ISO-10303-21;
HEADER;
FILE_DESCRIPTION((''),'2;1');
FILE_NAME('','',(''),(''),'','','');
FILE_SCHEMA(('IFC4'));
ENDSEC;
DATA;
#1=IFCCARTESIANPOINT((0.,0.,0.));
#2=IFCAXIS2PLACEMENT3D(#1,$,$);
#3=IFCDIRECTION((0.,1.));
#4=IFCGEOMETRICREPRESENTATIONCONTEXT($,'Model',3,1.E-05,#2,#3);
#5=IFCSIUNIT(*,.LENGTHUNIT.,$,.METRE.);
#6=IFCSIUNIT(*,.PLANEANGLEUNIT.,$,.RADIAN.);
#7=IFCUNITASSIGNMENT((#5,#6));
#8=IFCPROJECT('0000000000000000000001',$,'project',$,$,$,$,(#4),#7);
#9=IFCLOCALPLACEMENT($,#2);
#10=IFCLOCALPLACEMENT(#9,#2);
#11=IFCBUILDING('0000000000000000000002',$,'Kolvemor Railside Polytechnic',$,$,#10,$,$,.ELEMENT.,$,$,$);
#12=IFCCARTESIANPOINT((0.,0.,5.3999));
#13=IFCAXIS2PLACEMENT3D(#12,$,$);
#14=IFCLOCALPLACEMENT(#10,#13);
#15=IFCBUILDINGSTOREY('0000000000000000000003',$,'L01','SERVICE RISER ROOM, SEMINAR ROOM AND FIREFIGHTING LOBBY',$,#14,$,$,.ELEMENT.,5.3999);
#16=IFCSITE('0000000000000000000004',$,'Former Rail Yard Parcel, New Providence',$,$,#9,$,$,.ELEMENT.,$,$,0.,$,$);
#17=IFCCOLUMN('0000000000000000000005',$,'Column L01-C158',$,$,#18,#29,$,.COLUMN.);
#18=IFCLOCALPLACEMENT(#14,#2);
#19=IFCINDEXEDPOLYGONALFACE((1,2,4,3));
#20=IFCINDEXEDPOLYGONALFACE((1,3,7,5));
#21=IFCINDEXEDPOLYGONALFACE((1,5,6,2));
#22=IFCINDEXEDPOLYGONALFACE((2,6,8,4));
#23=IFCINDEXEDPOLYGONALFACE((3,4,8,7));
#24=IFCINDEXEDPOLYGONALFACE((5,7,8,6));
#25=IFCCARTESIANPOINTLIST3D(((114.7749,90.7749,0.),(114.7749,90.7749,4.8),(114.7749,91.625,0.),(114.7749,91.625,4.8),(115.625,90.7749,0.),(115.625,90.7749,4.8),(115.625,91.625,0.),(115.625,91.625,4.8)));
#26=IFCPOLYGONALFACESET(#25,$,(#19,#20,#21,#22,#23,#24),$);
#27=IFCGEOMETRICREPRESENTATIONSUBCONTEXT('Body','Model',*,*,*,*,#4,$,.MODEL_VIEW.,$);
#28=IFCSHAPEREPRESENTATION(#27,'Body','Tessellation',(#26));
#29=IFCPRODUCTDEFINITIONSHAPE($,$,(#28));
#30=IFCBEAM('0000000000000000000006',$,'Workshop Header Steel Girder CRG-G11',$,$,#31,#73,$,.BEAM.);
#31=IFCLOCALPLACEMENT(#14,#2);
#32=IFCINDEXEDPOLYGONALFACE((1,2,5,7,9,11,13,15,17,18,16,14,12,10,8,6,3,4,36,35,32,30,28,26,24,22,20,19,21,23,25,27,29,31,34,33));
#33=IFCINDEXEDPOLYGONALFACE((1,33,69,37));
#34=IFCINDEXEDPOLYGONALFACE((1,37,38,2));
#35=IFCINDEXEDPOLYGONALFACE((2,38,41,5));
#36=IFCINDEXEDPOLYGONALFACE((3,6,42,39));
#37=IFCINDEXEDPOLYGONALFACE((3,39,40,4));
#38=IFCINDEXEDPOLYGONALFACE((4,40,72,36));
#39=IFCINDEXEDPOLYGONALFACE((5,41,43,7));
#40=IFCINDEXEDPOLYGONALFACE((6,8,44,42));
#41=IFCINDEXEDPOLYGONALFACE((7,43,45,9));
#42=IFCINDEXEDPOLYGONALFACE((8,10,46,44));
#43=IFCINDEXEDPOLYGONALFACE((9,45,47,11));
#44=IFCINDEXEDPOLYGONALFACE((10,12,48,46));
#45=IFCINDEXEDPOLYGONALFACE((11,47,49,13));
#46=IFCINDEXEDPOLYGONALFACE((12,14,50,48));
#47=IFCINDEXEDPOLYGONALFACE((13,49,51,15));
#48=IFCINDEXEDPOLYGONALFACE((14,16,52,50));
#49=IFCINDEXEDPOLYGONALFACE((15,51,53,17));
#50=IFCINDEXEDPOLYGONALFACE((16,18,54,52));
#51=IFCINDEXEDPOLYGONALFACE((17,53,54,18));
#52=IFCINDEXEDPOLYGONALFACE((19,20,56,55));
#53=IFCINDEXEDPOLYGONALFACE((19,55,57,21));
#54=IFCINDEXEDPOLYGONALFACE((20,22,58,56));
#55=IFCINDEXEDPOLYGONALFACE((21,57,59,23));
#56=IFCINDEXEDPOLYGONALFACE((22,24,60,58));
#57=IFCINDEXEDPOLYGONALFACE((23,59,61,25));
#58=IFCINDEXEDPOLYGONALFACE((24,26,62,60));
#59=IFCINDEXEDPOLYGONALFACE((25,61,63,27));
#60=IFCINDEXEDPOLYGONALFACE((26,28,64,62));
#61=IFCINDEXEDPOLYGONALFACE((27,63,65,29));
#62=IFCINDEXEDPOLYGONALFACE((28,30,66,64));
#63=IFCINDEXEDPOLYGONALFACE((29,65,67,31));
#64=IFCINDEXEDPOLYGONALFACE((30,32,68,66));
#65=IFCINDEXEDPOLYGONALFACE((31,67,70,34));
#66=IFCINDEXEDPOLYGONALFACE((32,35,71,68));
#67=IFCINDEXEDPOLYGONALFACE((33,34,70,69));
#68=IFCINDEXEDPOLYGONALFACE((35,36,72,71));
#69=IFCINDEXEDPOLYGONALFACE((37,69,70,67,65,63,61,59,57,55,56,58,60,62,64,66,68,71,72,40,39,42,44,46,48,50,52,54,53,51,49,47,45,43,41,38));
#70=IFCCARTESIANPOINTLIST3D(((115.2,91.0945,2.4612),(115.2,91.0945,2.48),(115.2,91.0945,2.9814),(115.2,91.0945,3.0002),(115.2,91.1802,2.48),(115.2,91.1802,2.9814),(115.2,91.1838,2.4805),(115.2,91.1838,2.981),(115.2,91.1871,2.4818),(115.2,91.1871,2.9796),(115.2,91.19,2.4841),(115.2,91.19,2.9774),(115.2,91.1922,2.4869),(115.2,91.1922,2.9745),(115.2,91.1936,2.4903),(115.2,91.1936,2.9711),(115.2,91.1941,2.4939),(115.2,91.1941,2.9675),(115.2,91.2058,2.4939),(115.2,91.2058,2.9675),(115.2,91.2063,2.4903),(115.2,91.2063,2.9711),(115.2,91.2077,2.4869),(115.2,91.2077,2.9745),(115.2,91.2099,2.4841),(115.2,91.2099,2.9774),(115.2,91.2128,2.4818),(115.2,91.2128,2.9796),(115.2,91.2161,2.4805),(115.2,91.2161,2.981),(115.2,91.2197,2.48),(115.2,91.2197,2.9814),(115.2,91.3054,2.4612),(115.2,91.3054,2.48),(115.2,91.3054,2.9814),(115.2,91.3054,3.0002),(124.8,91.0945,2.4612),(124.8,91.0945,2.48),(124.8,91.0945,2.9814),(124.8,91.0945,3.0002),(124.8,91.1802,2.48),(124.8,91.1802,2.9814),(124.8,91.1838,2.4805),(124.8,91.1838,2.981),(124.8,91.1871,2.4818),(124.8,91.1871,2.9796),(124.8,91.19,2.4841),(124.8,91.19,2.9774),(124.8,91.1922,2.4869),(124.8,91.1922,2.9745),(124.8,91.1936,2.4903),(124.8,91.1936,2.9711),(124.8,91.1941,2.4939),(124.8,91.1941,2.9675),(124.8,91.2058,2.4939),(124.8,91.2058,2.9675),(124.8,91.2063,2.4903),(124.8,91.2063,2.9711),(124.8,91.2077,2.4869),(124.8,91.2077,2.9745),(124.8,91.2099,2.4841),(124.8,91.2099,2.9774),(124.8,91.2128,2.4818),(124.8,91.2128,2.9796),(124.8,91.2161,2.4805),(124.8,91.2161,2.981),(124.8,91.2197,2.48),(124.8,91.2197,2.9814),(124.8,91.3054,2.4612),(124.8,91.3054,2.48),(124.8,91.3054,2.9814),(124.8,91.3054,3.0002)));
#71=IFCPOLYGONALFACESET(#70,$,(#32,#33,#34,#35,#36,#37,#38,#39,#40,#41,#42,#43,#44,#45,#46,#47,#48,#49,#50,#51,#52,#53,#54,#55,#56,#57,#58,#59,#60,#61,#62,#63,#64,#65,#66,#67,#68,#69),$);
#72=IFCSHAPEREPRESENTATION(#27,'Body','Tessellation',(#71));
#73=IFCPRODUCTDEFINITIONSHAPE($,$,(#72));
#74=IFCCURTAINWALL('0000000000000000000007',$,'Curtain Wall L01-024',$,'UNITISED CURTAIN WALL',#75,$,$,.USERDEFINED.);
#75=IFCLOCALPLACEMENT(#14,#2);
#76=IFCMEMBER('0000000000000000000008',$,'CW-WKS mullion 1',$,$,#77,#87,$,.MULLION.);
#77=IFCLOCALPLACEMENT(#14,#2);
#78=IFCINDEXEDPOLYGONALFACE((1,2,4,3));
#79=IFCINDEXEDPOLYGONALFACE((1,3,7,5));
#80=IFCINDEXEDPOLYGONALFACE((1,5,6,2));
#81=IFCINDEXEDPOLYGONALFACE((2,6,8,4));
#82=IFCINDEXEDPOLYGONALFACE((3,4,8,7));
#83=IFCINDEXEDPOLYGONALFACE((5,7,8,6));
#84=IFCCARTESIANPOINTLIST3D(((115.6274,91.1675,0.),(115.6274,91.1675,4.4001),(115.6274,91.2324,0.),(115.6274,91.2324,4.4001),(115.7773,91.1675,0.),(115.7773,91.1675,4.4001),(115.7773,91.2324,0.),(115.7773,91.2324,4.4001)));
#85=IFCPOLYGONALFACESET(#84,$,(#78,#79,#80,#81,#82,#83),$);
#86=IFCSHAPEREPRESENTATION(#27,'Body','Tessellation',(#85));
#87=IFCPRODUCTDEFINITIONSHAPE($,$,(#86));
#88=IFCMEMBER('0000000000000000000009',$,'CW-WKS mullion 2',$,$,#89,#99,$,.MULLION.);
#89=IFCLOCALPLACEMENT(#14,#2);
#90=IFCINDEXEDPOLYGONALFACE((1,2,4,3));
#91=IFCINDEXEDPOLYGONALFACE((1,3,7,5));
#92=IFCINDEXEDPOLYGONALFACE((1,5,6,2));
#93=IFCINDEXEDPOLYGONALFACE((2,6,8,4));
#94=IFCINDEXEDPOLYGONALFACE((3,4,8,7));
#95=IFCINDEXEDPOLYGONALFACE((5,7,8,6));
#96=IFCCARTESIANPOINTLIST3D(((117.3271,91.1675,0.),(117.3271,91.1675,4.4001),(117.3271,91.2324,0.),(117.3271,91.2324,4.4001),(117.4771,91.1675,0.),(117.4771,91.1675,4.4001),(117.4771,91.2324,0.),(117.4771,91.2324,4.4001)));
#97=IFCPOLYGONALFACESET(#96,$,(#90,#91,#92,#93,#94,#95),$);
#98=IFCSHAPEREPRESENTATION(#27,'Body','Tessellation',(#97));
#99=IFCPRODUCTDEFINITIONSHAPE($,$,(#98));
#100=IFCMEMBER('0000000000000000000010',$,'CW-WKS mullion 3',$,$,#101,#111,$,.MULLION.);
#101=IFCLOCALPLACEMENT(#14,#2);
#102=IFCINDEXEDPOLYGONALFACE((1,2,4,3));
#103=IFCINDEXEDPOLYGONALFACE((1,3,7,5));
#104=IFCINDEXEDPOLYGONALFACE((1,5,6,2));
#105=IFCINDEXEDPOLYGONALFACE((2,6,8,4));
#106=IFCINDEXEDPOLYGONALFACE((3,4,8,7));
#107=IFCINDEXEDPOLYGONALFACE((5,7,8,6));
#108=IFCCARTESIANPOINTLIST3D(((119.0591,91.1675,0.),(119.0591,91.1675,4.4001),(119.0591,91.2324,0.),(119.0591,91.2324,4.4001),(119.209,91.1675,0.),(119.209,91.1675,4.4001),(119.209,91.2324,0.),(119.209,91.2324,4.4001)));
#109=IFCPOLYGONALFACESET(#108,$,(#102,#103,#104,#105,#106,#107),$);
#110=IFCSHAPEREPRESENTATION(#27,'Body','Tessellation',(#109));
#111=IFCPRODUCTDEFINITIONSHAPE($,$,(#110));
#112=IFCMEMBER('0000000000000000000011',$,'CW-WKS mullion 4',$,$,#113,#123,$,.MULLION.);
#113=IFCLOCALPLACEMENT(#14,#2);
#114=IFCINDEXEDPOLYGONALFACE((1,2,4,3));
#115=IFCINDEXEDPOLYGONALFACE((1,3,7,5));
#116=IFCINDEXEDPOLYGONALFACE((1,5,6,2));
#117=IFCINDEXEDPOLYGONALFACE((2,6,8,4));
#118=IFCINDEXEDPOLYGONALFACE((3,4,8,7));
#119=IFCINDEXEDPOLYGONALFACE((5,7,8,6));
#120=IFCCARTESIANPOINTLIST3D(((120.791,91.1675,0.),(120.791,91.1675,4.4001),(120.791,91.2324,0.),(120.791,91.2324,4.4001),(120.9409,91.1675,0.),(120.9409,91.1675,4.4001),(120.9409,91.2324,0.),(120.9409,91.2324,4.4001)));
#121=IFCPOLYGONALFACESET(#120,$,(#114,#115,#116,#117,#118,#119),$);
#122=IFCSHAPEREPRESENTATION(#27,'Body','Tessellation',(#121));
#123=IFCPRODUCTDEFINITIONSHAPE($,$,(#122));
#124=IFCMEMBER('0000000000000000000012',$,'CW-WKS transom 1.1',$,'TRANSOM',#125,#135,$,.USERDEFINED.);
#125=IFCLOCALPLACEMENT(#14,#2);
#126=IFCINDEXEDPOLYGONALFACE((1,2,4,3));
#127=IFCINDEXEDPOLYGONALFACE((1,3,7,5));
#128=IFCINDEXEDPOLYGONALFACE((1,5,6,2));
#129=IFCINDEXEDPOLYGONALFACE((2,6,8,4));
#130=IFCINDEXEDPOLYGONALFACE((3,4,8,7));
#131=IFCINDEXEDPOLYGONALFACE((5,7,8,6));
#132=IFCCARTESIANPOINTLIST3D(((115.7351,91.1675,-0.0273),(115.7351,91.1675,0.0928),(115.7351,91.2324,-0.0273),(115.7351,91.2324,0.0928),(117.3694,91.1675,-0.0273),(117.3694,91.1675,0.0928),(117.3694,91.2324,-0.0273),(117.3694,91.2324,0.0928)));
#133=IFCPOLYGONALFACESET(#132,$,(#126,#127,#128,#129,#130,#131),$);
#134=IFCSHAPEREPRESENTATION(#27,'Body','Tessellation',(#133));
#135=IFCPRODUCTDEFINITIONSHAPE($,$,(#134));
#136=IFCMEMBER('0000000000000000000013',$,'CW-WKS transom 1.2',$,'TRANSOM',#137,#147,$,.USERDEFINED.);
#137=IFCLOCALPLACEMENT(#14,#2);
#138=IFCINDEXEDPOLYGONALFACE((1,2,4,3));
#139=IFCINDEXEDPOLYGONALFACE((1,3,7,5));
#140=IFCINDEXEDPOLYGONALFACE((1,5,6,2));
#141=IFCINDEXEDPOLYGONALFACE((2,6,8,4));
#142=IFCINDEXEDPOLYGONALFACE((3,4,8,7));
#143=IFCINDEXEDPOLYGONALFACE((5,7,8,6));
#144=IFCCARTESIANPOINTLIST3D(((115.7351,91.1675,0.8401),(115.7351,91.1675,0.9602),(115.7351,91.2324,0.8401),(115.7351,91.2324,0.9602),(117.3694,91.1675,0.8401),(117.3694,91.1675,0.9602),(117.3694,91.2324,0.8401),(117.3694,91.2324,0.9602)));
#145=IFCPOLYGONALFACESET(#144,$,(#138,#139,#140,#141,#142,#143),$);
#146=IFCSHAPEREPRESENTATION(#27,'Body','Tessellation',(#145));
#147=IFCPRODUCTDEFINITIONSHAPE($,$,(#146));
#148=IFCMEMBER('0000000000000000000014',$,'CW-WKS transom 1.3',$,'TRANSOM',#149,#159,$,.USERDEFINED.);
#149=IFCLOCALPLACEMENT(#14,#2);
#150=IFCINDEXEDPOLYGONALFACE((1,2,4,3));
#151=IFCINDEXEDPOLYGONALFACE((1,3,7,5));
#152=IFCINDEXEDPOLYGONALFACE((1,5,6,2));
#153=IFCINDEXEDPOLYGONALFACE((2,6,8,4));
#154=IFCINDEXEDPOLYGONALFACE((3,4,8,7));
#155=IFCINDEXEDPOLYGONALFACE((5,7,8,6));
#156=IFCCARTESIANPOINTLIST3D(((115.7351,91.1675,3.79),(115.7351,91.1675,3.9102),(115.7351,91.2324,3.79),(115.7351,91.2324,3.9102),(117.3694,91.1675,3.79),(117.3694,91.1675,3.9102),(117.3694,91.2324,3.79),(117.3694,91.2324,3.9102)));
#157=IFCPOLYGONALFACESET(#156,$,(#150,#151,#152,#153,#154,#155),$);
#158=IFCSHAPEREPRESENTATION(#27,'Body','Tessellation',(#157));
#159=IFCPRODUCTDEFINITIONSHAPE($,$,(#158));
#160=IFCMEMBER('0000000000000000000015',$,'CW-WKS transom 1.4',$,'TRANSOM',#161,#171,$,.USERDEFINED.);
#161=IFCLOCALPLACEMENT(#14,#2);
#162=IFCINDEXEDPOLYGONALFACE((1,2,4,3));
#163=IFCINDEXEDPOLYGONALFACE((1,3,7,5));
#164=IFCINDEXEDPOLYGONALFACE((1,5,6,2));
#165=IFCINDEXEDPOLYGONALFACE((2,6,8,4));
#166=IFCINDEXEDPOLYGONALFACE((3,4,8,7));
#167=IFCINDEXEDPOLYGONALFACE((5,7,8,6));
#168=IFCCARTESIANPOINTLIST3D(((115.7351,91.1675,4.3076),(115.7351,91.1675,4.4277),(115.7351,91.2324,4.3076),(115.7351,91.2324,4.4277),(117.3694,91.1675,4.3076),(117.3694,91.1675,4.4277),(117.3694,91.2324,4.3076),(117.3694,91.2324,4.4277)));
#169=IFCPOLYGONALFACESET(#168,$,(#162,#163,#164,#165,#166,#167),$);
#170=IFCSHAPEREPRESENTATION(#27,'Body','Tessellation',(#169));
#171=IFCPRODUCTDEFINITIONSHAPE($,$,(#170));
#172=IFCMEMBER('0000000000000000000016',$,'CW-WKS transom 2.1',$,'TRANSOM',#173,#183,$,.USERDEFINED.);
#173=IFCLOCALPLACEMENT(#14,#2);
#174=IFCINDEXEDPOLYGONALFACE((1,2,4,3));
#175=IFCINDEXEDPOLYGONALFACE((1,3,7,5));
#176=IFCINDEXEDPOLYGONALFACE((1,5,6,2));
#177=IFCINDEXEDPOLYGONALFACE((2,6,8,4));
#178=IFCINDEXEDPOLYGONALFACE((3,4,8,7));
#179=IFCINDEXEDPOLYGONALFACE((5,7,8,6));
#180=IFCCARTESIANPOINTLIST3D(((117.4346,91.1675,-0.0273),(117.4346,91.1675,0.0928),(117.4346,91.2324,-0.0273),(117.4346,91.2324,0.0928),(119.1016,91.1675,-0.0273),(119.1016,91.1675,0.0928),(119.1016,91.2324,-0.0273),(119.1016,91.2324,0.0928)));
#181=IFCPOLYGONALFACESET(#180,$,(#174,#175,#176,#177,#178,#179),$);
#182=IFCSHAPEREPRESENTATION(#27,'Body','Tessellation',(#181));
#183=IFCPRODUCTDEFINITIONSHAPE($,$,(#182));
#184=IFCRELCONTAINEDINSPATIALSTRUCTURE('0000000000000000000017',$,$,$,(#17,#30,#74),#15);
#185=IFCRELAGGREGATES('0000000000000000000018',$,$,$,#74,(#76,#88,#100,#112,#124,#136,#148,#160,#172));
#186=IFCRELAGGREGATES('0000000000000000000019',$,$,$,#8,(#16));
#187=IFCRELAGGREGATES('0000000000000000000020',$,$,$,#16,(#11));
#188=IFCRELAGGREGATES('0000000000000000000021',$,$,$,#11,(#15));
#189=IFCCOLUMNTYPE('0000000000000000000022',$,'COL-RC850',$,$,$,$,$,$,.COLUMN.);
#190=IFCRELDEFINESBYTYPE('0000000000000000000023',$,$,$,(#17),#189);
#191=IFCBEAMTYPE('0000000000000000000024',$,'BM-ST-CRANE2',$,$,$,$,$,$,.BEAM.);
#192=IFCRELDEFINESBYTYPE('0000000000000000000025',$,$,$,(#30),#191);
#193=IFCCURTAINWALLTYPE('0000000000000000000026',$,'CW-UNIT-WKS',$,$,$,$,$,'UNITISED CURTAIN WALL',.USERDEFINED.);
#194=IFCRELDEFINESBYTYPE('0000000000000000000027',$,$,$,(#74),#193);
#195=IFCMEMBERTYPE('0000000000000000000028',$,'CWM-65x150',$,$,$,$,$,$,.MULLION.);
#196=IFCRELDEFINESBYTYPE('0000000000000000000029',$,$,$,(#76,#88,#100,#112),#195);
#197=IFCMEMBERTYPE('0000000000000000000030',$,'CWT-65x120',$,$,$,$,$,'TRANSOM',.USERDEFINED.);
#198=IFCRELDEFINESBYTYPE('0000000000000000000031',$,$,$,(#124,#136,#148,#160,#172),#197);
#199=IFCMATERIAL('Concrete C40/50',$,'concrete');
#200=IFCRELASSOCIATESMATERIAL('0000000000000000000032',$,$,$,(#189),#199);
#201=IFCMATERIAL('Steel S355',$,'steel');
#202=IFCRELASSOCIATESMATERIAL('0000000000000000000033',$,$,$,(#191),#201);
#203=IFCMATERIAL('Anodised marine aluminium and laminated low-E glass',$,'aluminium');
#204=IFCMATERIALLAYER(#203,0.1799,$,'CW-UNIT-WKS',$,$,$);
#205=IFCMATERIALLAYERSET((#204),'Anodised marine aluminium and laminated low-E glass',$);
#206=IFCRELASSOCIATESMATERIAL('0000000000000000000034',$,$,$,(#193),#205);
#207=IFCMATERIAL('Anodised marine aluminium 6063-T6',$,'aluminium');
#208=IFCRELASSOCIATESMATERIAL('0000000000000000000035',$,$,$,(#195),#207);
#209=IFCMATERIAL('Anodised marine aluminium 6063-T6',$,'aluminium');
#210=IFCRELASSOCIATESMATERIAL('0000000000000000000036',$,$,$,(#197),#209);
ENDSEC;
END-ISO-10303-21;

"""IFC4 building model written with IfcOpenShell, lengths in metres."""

from ifc_helpers import new_model, si_unit, direction, frame, origin, origin_2d, place, context, subcontext, project, spatial, rectangle, i_section, extrude, material, layer, layer_set, material_profile, profile_set, type_object, element, aggregate, save


model = new_model("IFC4")

# Units and contexts
model_context = context("Model", 3, precision=1e-05, world=origin(), true_north=direction((0.0, 1.0)))
body_context = subcontext(model_context, "Body", "Model", "MODEL_VIEW")
ifc_project = project(units=[si_unit("LENGTHUNIT", "METRE"), si_unit("PLANEANGLEUNIT", "RADIAN")], contexts=[model_context])

# Site, building, storey
site_placement = place(None, origin())
site = spatial("IfcSite", under=ifc_project, at=site_placement, Name="Former Rail Yard Parcel, New Providence", CompositionType="ELEMENT", RefElevation=0.0)
building_placement = place(site_placement, origin())
building = spatial("IfcBuilding", under=site, at=building_placement, Name="Kolvemor Railside Polytechnic", CompositionType="ELEMENT")
storey_placement = place(building_placement, frame((0.0, 0.0, 5.3999)))
storey = spatial("IfcBuildingStorey", under=building, at=storey_placement, Name="L01", Description="SERVICE RISER ROOM, SEMINAR ROOM AND FIREFIGHTING LOBBY", CompositionType="ELEMENT", Elevation=5.3999)

# Column
ifc_material_1 = material(Name="Concrete C40/50", Category="concrete")
ifc_material_profile_1 = material_profile(ifc_material_1, rectangle(XDim=0.8501, YDim=0.8501, at=origin_2d()), Name="RC850x850")
ifc_profile_set_1 = profile_set([ifc_material_profile_1], Name="Concrete C40/50")
column_type = type_object("IfcColumnType", Name="COL-RC850", PredefinedType="COLUMN", material=ifc_profile_set_1)
column_placement = place(storey_placement, frame((115.2, 91.2, 0.0), z_axis=(0.0, 0.0, 1.0), x_axis=(1.0, 0.0, 0.0)))
element("IfcColumn", 1, at=column_placement, inside=storey, type_object=column_type, Name="Column L01-C158", PredefinedType="COLUMN", context=body_context, shape_type="SweptSolid", body=[
    extrude(rectangle(XDim=0.8501, YDim=0.8501, at=origin_2d()), origin(), (0.0, 0.0, 1.0), 4.8),
])

# Beam
ifc_material_2 = material(Name="Steel S355", Category="steel")
ifc_material_profile_2 = material_profile(ifc_material_2, i_section(OverallWidth=0.2109, OverallDepth=0.5391, WebThickness=0.0117, FlangeThickness=0.0188, FilletRadius=0.0139, at=origin_2d()), Name="W530x109")
ifc_profile_set_2 = profile_set([ifc_material_profile_2], Name="Steel S355")
beam_type = type_object("IfcBeamType", Name="BM-ST-CRANE2", PredefinedType="BEAM", material=ifc_profile_set_2)
beam_placement = place(storey_placement, frame((115.2, 91.2, 2.7307), z_axis=(1.0, 0.0, 0.0), x_axis=(0.0, 1.0, 0.0)))
element("IfcBeam", 2, at=beam_placement, inside=storey, type_object=beam_type, Name="Workshop Header Steel Girder CRG-G11", PredefinedType="BEAM", context=body_context, shape_type="SweptSolid", body=[
    extrude(i_section(OverallWidth=0.2109, OverallDepth=0.5391, WebThickness=0.0117, FlangeThickness=0.0188, FilletRadius=0.0139, at=origin_2d()), origin(), (0.0, 0.0, 1.0), 9.6001),
])

# Curtain wall, members
ifc_material_3 = material(Name="Anodised marine aluminium and laminated low-E glass", Category="aluminium")
ifc_layer_1 = layer(ifc_material_3, 0.1799, Name="CW-UNIT-WKS")
ifc_layer_set_1 = layer_set([ifc_layer_1], Name="Anodised marine aluminium and laminated low-E glass")
curtain_wall_type = type_object("IfcCurtainWallType", Name="CW-UNIT-WKS", ElementType="UNITISED CURTAIN WALL", PredefinedType="USERDEFINED", material=ifc_layer_set_1)
curtain_wall_placement = place(storey_placement, origin())
curtain_wall = element("IfcCurtainWall", 3, at=curtain_wall_placement, inside=storey, type_object=curtain_wall_type, Name="Curtain Wall L01-024", ObjectType="UNITISED CURTAIN WALL", PredefinedType="USERDEFINED")
ifc_material_4 = material(Name="Anodised marine aluminium 6063-T6", Category="aluminium")
ifc_material_profile_3 = material_profile(ifc_material_4, rectangle(XDim=0.0649, YDim=0.1499, at=origin_2d()), Name="CW-MUL-65x150")
ifc_profile_set_3 = profile_set([ifc_material_profile_3], Name="Anodised marine aluminium 6063-T6")
member_type_1 = type_object("IfcMemberType", Name="CWM-65x150", PredefinedType="MULLION", material=ifc_profile_set_3)
member_1_placement = place(storey_placement, frame((115.7024, 91.2, 0.0), z_axis=(0.0, 0.0, 1.0), x_axis=(0.0, 1.0, 0.0)))
member_1 = element("IfcMember", 4, at=member_1_placement, type_object=member_type_1, Name="CW-WKS mullion 1", PredefinedType="MULLION", context=body_context, shape_type="SweptSolid", body=[
    extrude(rectangle(XDim=0.0649, YDim=0.1499, at=origin_2d()), origin(), (0.0, 0.0, 1.0), 4.4001),
])
member_2_placement = place(storey_placement, frame((117.4021, 91.2, 0.0), z_axis=(0.0, 0.0, 1.0), x_axis=(0.0, 1.0, 0.0)))
member_2 = element("IfcMember", 5, at=member_2_placement, type_object=member_type_1, Name="CW-WKS mullion 2", PredefinedType="MULLION", context=body_context, shape_type="SweptSolid", body=[
    extrude(rectangle(XDim=0.0649, YDim=0.1499, at=origin_2d()), origin(), (0.0, 0.0, 1.0), 4.4001),
])
member_3_placement = place(storey_placement, frame((119.134, 91.2, 0.0), z_axis=(0.0, 0.0, 1.0), x_axis=(0.0, 1.0, 0.0)))
member_3 = element("IfcMember", 6, at=member_3_placement, type_object=member_type_1, Name="CW-WKS mullion 3", PredefinedType="MULLION", context=body_context, shape_type="SweptSolid", body=[
    extrude(rectangle(XDim=0.0649, YDim=0.1499, at=origin_2d()), origin(), (0.0, 0.0, 1.0), 4.4001),
])
member_4_placement = place(storey_placement, frame((120.866, 91.2, 0.0), z_axis=(0.0, 0.0, 1.0), x_axis=(0.0, 1.0, 0.0)))
member_4 = element("IfcMember", 7, at=member_4_placement, type_object=member_type_1, Name="CW-WKS mullion 4", PredefinedType="MULLION", context=body_context, shape_type="SweptSolid", body=[
    extrude(rectangle(XDim=0.0649, YDim=0.1499, at=origin_2d()), origin(), (0.0, 0.0, 1.0), 4.4001),
])
ifc_material_5 = material(Name="Anodised marine aluminium 6063-T6", Category="aluminium")
ifc_material_profile_4 = material_profile(ifc_material_5, rectangle(XDim=0.0649, YDim=0.1201, at=origin_2d()), Name="CW-TRN-65x120")
ifc_profile_set_4 = profile_set([ifc_material_profile_4], Name="Anodised marine aluminium 6063-T6")
member_type_2 = type_object("IfcMemberType", Name="CWT-65x120", ElementType="TRANSOM", PredefinedType="USERDEFINED", material=ifc_profile_set_4)
member_5_placement = place(storey_placement, frame((115.7351, 91.2, 0.0327), z_axis=(1.0, 0.0, 0.0), x_axis=(0.0, 1.0, 0.0)))
member_5 = element("IfcMember", 8, at=member_5_placement, type_object=member_type_2, Name="CW-WKS transom 1.1", ObjectType="TRANSOM", PredefinedType="USERDEFINED", context=body_context, shape_type="SweptSolid", body=[
    extrude(rectangle(XDim=0.0649, YDim=0.1201, at=origin_2d()), origin(), (0.0, 0.0, 1.0), 1.6343),
])
member_6_placement = place(storey_placement, frame((115.7351, 91.2, 0.9001), z_axis=(1.0, 0.0, 0.0), x_axis=(0.0, 1.0, 0.0)))
member_6 = element("IfcMember", 9, at=member_6_placement, type_object=member_type_2, Name="CW-WKS transom 1.2", ObjectType="TRANSOM", PredefinedType="USERDEFINED", context=body_context, shape_type="SweptSolid", body=[
    extrude(rectangle(XDim=0.0649, YDim=0.1201, at=origin_2d()), origin(), (0.0, 0.0, 1.0), 1.6343),
])
member_7_placement = place(storey_placement, frame((115.7351, 91.2, 3.8501), z_axis=(1.0, 0.0, 0.0), x_axis=(0.0, 1.0, 0.0)))
member_7 = element("IfcMember", 10, at=member_7_placement, type_object=member_type_2, Name="CW-WKS transom 1.3", ObjectType="TRANSOM", PredefinedType="USERDEFINED", context=body_context, shape_type="SweptSolid", body=[
    extrude(rectangle(XDim=0.0649, YDim=0.1201, at=origin_2d()), origin(), (0.0, 0.0, 1.0), 1.6343),
])
member_8_placement = place(storey_placement, frame((115.7351, 91.2, 4.3677), z_axis=(1.0, 0.0, 0.0), x_axis=(0.0, 1.0, 0.0)))
member_8 = element("IfcMember", 11, at=member_8_placement, type_object=member_type_2, Name="CW-WKS transom 1.4", ObjectType="TRANSOM", PredefinedType="USERDEFINED", context=body_context, shape_type="SweptSolid", body=[
    extrude(rectangle(XDim=0.0649, YDim=0.1201, at=origin_2d()), origin(), (0.0, 0.0, 1.0), 1.6343),
])
member_9_placement = place(storey_placement, frame((117.4346, 91.2, 0.0327), z_axis=(1.0, 0.0, 0.0), x_axis=(0.0, 1.0, 0.0)))
member_9 = element("IfcMember", 12, at=member_9_placement, type_object=member_type_2, Name="CW-WKS transom 2.1", ObjectType="TRANSOM", PredefinedType="USERDEFINED", context=body_context, shape_type="SweptSolid", body=[
    extrude(rectangle(XDim=0.0649, YDim=0.1201, at=origin_2d()), origin(), (0.0, 0.0, 1.0), 1.667),
])
aggregate(curtain_wall, [member_1, member_2, member_3, member_4, member_5, member_6, member_7, member_8, member_9])

save(model, "model.ifc")
